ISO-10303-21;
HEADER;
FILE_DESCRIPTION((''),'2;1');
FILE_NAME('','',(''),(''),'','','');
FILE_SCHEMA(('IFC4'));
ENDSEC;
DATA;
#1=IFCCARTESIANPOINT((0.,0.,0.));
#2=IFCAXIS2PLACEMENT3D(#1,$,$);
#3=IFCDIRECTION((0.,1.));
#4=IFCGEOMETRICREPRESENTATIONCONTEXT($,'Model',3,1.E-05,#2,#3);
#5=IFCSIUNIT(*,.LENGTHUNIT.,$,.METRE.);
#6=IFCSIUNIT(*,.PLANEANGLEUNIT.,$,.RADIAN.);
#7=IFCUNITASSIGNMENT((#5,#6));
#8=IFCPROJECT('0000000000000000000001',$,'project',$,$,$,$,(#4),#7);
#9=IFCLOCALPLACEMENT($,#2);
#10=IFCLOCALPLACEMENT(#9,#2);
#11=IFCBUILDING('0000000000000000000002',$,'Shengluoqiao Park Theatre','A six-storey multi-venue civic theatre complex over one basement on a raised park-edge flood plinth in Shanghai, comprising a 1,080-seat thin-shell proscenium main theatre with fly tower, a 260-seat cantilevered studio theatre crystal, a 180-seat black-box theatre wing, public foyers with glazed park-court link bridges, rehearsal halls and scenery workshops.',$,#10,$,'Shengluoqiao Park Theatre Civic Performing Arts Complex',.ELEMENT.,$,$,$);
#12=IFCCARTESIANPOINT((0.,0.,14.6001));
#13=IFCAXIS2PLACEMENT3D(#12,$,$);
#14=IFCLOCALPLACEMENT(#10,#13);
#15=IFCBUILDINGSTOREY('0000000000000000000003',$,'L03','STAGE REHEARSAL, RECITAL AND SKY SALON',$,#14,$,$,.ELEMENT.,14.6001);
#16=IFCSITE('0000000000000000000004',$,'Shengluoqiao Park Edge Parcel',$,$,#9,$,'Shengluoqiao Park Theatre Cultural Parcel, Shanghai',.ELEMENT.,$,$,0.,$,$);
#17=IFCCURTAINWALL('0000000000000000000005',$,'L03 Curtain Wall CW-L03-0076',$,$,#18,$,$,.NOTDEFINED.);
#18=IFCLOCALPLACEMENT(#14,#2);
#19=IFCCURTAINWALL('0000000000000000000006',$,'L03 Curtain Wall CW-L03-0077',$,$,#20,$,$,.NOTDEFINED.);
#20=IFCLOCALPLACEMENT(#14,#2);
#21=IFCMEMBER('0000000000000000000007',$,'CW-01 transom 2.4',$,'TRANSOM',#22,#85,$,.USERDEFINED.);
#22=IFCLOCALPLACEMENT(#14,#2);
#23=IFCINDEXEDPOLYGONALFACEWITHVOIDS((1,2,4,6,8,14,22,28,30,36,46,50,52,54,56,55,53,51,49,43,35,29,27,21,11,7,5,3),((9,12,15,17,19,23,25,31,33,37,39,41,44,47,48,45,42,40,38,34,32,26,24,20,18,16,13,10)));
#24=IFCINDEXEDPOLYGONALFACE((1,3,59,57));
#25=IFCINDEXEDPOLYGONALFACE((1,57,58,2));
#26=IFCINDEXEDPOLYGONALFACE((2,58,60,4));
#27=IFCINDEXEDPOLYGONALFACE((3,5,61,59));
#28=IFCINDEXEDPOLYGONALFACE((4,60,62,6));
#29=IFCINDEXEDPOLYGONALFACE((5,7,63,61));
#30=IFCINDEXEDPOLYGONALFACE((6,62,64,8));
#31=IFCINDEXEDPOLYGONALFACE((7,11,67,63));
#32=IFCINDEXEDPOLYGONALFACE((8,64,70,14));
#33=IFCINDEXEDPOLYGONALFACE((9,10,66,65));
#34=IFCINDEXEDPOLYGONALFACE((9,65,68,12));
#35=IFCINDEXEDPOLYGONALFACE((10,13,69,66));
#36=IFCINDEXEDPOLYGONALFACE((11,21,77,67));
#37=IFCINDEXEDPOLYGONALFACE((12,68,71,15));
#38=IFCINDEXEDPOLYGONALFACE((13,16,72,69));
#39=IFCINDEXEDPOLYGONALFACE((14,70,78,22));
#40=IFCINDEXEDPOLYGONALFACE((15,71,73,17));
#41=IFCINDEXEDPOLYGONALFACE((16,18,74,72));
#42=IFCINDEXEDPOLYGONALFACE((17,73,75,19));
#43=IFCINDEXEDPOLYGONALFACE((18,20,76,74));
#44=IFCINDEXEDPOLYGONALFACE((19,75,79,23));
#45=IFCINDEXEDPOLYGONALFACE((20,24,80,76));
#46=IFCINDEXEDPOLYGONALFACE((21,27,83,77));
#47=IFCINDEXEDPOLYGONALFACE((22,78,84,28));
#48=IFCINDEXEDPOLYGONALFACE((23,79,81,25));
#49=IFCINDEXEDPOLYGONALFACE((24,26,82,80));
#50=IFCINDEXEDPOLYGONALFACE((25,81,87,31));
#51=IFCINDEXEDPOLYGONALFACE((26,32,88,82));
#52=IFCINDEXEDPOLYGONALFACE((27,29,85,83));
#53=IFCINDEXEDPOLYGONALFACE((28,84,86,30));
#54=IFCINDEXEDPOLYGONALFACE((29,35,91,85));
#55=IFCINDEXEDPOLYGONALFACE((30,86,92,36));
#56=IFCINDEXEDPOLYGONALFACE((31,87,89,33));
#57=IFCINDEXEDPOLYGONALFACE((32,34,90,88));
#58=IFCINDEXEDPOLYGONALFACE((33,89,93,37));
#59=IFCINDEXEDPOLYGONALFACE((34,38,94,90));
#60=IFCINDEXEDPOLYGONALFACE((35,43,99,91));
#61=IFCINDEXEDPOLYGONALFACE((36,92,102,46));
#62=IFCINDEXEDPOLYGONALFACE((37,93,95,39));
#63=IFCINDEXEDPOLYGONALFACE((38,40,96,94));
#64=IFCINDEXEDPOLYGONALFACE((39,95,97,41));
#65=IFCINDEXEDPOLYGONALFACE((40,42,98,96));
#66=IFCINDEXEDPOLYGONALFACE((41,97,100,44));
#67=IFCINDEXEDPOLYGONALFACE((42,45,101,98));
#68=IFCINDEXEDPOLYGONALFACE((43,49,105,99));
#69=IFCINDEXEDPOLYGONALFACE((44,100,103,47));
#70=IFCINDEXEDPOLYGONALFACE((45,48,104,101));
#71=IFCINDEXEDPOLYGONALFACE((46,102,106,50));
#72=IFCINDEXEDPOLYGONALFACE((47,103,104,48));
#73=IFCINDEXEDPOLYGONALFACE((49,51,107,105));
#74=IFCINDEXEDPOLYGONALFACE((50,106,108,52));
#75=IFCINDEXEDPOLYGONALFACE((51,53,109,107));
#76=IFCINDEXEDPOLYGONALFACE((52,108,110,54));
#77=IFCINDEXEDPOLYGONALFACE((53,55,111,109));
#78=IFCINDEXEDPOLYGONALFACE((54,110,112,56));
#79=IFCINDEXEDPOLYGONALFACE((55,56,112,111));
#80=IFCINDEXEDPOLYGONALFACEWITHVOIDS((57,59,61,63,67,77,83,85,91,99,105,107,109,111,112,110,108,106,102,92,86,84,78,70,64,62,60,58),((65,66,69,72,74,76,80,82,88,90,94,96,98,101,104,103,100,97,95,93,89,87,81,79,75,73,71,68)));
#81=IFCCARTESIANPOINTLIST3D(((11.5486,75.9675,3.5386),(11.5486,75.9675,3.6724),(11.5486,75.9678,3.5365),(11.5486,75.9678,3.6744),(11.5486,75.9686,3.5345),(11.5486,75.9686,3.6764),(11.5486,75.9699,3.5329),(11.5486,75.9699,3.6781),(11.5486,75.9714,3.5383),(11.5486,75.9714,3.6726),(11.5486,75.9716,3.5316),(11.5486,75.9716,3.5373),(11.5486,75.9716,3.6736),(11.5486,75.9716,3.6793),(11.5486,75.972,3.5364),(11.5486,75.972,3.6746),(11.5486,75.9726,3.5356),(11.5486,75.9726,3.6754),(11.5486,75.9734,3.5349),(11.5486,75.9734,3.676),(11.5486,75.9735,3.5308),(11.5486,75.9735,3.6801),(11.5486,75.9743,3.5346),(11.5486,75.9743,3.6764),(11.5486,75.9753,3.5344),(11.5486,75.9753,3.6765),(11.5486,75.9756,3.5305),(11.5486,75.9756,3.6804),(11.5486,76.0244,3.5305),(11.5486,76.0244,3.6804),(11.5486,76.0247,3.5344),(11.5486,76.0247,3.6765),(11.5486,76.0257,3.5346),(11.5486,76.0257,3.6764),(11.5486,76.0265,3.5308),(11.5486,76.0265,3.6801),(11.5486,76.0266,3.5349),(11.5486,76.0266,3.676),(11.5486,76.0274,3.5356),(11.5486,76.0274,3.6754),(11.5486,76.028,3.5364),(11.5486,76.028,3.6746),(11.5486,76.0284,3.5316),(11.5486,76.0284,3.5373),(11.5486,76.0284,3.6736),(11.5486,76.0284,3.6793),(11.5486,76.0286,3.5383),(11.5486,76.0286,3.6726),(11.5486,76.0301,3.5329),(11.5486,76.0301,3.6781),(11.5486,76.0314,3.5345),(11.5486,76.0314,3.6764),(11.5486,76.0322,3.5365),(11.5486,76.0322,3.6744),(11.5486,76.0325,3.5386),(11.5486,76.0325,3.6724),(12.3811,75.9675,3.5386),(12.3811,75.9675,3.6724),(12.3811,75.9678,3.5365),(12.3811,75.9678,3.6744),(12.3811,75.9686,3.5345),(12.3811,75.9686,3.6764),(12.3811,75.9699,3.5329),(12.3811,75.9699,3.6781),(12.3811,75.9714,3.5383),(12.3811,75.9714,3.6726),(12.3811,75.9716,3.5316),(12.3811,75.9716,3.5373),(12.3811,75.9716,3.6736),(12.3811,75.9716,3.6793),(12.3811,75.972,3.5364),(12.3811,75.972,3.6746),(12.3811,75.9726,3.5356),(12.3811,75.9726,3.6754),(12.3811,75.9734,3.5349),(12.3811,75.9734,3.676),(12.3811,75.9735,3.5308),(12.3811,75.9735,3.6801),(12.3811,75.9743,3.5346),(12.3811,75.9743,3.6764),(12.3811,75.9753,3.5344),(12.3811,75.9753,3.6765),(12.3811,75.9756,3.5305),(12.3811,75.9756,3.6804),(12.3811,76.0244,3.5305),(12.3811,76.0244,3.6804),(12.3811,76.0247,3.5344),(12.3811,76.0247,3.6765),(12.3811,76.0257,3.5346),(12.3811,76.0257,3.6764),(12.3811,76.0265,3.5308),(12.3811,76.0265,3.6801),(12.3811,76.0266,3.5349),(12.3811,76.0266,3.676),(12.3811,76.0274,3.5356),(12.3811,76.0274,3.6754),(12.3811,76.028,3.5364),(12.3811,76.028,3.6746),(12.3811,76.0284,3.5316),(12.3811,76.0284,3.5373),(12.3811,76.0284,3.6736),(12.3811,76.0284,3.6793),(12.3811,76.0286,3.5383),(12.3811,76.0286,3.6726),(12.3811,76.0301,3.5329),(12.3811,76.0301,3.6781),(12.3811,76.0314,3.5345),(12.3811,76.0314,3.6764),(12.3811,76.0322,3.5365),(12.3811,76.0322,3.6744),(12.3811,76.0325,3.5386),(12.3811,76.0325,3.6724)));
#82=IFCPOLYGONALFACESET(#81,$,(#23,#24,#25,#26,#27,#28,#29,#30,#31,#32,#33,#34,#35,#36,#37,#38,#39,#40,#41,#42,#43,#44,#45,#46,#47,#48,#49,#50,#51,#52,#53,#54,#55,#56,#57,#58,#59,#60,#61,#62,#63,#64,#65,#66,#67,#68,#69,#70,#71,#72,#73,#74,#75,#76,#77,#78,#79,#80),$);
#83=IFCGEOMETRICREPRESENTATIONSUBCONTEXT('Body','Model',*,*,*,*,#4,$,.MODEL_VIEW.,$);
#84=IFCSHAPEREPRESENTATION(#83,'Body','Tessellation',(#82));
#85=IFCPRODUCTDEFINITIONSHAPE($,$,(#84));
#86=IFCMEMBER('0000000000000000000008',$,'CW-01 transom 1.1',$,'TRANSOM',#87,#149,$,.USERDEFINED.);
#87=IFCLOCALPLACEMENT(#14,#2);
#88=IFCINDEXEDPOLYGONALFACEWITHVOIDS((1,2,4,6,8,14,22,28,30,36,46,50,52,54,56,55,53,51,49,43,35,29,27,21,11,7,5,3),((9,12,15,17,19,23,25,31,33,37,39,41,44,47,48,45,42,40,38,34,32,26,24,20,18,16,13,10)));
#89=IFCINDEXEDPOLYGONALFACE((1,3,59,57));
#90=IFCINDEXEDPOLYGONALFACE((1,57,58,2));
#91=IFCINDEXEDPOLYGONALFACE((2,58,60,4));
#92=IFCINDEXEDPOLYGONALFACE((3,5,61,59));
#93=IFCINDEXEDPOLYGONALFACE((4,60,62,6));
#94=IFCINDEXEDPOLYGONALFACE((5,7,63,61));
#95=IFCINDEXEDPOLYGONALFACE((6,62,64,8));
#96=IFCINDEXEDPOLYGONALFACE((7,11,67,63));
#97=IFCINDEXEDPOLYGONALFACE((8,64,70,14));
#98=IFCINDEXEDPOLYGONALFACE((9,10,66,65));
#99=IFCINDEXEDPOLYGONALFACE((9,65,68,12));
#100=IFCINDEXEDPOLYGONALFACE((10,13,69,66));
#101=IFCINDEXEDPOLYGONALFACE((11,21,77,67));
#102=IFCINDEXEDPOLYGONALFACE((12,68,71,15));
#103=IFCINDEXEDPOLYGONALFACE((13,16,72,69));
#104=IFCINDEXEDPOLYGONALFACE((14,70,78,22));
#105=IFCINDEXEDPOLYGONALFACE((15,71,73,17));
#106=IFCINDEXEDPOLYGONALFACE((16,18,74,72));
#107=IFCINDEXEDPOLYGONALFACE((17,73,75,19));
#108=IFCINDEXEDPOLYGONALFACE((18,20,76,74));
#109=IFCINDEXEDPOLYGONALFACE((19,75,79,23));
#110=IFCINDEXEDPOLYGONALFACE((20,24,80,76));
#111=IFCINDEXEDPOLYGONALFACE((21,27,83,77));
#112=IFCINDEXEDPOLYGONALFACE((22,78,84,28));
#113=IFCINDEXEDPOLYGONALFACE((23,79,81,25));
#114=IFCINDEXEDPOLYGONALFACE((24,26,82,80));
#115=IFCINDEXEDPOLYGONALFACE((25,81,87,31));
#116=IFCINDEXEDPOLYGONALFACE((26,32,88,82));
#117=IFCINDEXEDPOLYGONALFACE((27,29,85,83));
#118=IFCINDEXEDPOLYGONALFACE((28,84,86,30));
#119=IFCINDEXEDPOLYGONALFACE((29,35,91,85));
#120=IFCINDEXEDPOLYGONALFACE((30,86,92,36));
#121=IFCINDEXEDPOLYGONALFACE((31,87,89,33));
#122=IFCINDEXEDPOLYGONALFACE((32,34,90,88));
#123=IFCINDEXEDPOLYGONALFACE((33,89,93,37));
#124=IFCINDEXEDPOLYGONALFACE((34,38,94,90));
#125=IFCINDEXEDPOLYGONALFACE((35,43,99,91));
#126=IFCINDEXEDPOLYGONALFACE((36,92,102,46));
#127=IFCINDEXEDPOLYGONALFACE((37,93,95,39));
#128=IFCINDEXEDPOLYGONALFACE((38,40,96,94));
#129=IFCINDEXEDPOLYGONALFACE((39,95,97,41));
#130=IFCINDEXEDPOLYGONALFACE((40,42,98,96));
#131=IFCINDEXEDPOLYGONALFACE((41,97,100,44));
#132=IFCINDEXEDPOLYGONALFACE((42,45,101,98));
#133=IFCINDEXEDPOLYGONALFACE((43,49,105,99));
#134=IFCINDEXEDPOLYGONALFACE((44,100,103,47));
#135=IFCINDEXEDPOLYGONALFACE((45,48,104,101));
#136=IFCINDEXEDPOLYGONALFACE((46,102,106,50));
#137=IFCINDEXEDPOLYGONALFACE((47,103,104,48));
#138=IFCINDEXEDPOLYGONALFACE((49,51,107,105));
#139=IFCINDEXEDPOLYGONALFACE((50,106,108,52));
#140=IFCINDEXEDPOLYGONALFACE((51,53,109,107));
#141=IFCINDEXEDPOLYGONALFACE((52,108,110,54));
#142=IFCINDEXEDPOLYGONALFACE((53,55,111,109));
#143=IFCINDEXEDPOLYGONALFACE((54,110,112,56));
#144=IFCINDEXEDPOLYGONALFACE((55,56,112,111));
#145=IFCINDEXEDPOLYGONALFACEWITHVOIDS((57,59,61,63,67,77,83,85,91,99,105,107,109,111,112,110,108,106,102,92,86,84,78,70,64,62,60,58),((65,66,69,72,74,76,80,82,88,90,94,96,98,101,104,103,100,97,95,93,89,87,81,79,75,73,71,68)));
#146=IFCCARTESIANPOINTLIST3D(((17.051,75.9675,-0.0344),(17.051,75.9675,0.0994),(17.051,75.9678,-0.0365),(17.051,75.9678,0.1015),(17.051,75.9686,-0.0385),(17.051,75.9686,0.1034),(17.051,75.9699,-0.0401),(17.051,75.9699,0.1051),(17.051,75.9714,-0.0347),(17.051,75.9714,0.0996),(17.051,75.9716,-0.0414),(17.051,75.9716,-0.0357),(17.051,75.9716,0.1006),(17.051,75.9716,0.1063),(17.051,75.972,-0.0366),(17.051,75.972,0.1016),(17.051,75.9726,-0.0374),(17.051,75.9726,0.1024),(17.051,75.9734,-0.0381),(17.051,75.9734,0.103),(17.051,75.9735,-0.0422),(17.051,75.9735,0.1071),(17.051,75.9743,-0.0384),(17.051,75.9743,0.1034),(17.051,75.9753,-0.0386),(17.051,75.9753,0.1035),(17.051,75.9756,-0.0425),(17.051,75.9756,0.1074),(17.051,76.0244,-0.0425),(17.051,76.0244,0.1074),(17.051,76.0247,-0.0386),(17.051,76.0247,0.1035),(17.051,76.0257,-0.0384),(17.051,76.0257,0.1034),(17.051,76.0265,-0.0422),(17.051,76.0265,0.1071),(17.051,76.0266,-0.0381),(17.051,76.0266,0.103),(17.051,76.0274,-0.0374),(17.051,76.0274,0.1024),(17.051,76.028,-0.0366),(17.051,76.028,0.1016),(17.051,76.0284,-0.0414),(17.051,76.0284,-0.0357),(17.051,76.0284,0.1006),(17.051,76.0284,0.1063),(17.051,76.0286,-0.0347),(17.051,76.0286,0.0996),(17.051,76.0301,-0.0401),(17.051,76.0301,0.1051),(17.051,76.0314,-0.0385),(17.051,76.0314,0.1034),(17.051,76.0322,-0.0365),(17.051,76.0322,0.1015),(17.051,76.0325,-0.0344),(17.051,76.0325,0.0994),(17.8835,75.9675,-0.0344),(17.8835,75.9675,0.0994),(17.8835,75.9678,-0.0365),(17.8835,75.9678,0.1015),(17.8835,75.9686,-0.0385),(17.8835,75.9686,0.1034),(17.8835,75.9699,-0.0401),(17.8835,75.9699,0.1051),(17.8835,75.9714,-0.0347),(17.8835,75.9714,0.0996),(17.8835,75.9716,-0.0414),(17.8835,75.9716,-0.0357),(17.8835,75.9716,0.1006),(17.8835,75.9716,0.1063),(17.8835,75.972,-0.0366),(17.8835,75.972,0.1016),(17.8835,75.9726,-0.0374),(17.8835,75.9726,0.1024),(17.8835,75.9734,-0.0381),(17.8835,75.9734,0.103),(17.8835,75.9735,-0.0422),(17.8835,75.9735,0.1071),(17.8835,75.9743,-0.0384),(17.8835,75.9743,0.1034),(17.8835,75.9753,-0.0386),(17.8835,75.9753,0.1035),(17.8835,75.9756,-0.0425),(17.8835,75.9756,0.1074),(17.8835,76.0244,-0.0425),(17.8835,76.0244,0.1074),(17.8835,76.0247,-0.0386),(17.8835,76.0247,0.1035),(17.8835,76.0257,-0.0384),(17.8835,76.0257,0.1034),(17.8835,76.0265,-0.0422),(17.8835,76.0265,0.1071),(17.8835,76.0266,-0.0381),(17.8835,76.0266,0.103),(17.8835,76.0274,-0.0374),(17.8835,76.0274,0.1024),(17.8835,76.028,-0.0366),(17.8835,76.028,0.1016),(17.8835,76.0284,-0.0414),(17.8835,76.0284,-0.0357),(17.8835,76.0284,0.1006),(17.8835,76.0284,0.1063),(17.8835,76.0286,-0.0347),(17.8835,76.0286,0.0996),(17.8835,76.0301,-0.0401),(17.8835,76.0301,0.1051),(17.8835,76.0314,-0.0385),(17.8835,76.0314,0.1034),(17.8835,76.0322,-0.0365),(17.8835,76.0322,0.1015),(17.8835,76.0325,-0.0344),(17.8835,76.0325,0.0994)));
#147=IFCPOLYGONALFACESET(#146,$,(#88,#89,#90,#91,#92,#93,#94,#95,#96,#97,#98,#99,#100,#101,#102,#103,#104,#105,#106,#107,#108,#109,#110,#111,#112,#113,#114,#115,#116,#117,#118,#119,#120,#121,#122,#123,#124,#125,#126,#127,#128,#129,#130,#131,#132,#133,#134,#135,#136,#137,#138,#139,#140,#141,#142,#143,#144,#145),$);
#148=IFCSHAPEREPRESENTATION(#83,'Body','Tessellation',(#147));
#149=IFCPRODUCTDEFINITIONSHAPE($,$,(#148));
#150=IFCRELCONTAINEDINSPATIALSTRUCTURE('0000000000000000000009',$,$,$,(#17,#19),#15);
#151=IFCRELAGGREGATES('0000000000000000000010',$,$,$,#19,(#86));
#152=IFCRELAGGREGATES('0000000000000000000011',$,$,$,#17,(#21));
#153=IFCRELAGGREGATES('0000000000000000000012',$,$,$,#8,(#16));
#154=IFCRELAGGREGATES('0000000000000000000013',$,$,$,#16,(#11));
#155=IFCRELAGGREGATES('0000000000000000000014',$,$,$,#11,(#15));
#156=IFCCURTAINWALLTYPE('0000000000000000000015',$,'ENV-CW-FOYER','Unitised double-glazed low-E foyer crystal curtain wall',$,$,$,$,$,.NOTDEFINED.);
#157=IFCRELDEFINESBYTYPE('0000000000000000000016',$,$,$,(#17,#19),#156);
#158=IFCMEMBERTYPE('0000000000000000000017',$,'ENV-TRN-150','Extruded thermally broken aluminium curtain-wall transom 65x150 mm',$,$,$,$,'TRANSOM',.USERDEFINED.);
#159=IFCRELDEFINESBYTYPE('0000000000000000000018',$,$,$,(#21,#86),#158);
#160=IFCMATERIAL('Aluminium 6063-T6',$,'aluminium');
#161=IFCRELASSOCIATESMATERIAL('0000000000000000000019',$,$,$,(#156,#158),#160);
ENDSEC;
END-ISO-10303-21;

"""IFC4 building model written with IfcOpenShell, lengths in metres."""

from ifc_helpers import new_model, si_unit, direction, frame, origin, origin_2d, place, context, subcontext, project, spatial, hollow_rectangle, extrude, material, material_profile, profile_set, type_object, element, aggregate, save


model = new_model("IFC4")

# Units and contexts
model_context = context("Model", 3, precision=1e-05, world=origin(), true_north=direction((0.0, 1.0)))
body_context = subcontext(model_context, "Body", "Model", "MODEL_VIEW")
ifc_project = project(units=[si_unit("LENGTHUNIT", "METRE"), si_unit("PLANEANGLEUNIT", "RADIAN")], contexts=[model_context])

# Site, building, storey
site_placement = place(None, origin())
site = spatial("IfcSite", under=ifc_project, at=site_placement, Name="Shengluoqiao Park Edge Parcel", LongName="Shengluoqiao Park Theatre Cultural Parcel, Shanghai", CompositionType="ELEMENT", RefElevation=0.0)
building_placement = place(site_placement, origin())
building = spatial("IfcBuilding", under=site, at=building_placement, Name="Shengluoqiao Park Theatre", Description="A six-storey multi-venue civic theatre complex over one basement on a raised park-edge flood plinth in Shanghai, comprising a 1,080-seat thin-shell proscenium main theatre with fly tower, a 260-seat cantilevered studio theatre crystal, a 180-seat black-box theatre wing, public foyers with glazed park-court link bridges, rehearsal halls and scenery workshops.", LongName="Shengluoqiao Park Theatre Civic Performing Arts Complex", CompositionType="ELEMENT")
storey_placement = place(building_placement, frame((0.0, 0.0, 14.6001)))
storey = spatial("IfcBuildingStorey", under=building, at=storey_placement, Name="L03", Description="STAGE REHEARSAL, RECITAL AND SKY SALON", CompositionType="ELEMENT", Elevation=14.6001)

# Curtain wall
ifc_material_1 = material(Name="Aluminium 6063-T6", Category="aluminium")
curtain_wall_type = type_object("IfcCurtainWallType", Name="ENV-CW-FOYER", Description="Unitised double-glazed low-E foyer crystal curtain wall", PredefinedType="NOTDEFINED", material=ifc_material_1)
curtain_wall_1_placement = place(storey_placement, origin())
curtain_wall_1 = element("IfcCurtainWall", 1, at=curtain_wall_1_placement, inside=storey, type_object=curtain_wall_type, Name="L03 Curtain Wall CW-L03-0076", PredefinedType="NOTDEFINED")

# Curtain wall
curtain_wall_2_placement = place(storey_placement, origin())
curtain_wall_2 = element("IfcCurtainWall", 2, at=curtain_wall_2_placement, inside=storey, type_object=curtain_wall_type, Name="L03 Curtain Wall CW-L03-0077", PredefinedType="NOTDEFINED")

# Members
ifc_material_profile_1 = material_profile(ifc_material_1, hollow_rectangle(XDim=0.0649, YDim=0.1499, WallThickness=0.0039, InnerFilletRadius=0.0039, OuterFilletRadius=0.0081, at=origin_2d()), Name="ALU TRANSOM 150x65x4")
ifc_profile_set_1 = profile_set([ifc_material_profile_1], Name="Aluminium 6063-T6")
member_type_1 = type_object("IfcMemberType", Name="ENV-TRN-150", Description="Extruded thermally broken aluminium curtain-wall transom 65x150 mm", ElementType="TRANSOM", PredefinedType="USERDEFINED", material=ifc_profile_set_1)
member_1_placement = place(storey_placement, frame((11.5486, 76.0, 3.6055), z_axis=(1.0, 0.0, 0.0), x_axis=(0.0, 1.0, 0.0)))
member_1 = element("IfcMember", 3, at=member_1_placement, type_object=member_type_1, Name="CW-01 transom 2.4", ObjectType="TRANSOM", PredefinedType="USERDEFINED", context=body_context, shape_type="SweptSolid", body=[
    extrude(hollow_rectangle(XDim=0.0649, YDim=0.1499, WallThickness=0.0039, InnerFilletRadius=0.0039, OuterFilletRadius=0.0081, at=origin_2d()), origin(), (0.0, 0.0, 1.0), 0.8325),
])
member_2_placement = place(storey_placement, frame((17.051, 76.0, 0.0325), z_axis=(1.0, 0.0, 0.0), x_axis=(0.0, 1.0, 0.0)))
member_2 = element("IfcMember", 4, at=member_2_placement, type_object=member_type_1, Name="CW-01 transom 1.1", ObjectType="TRANSOM", PredefinedType="USERDEFINED", context=body_context, shape_type="SweptSolid", body=[
    extrude(hollow_rectangle(XDim=0.0649, YDim=0.1499, WallThickness=0.0039, InnerFilletRadius=0.0039, OuterFilletRadius=0.0081, at=origin_2d()), origin(), (0.0, 0.0, 1.0), 0.8325),
])
aggregate(curtain_wall_2, [member_2])

aggregate(curtain_wall_1, [member_1])

save(model, "model.ifc")
